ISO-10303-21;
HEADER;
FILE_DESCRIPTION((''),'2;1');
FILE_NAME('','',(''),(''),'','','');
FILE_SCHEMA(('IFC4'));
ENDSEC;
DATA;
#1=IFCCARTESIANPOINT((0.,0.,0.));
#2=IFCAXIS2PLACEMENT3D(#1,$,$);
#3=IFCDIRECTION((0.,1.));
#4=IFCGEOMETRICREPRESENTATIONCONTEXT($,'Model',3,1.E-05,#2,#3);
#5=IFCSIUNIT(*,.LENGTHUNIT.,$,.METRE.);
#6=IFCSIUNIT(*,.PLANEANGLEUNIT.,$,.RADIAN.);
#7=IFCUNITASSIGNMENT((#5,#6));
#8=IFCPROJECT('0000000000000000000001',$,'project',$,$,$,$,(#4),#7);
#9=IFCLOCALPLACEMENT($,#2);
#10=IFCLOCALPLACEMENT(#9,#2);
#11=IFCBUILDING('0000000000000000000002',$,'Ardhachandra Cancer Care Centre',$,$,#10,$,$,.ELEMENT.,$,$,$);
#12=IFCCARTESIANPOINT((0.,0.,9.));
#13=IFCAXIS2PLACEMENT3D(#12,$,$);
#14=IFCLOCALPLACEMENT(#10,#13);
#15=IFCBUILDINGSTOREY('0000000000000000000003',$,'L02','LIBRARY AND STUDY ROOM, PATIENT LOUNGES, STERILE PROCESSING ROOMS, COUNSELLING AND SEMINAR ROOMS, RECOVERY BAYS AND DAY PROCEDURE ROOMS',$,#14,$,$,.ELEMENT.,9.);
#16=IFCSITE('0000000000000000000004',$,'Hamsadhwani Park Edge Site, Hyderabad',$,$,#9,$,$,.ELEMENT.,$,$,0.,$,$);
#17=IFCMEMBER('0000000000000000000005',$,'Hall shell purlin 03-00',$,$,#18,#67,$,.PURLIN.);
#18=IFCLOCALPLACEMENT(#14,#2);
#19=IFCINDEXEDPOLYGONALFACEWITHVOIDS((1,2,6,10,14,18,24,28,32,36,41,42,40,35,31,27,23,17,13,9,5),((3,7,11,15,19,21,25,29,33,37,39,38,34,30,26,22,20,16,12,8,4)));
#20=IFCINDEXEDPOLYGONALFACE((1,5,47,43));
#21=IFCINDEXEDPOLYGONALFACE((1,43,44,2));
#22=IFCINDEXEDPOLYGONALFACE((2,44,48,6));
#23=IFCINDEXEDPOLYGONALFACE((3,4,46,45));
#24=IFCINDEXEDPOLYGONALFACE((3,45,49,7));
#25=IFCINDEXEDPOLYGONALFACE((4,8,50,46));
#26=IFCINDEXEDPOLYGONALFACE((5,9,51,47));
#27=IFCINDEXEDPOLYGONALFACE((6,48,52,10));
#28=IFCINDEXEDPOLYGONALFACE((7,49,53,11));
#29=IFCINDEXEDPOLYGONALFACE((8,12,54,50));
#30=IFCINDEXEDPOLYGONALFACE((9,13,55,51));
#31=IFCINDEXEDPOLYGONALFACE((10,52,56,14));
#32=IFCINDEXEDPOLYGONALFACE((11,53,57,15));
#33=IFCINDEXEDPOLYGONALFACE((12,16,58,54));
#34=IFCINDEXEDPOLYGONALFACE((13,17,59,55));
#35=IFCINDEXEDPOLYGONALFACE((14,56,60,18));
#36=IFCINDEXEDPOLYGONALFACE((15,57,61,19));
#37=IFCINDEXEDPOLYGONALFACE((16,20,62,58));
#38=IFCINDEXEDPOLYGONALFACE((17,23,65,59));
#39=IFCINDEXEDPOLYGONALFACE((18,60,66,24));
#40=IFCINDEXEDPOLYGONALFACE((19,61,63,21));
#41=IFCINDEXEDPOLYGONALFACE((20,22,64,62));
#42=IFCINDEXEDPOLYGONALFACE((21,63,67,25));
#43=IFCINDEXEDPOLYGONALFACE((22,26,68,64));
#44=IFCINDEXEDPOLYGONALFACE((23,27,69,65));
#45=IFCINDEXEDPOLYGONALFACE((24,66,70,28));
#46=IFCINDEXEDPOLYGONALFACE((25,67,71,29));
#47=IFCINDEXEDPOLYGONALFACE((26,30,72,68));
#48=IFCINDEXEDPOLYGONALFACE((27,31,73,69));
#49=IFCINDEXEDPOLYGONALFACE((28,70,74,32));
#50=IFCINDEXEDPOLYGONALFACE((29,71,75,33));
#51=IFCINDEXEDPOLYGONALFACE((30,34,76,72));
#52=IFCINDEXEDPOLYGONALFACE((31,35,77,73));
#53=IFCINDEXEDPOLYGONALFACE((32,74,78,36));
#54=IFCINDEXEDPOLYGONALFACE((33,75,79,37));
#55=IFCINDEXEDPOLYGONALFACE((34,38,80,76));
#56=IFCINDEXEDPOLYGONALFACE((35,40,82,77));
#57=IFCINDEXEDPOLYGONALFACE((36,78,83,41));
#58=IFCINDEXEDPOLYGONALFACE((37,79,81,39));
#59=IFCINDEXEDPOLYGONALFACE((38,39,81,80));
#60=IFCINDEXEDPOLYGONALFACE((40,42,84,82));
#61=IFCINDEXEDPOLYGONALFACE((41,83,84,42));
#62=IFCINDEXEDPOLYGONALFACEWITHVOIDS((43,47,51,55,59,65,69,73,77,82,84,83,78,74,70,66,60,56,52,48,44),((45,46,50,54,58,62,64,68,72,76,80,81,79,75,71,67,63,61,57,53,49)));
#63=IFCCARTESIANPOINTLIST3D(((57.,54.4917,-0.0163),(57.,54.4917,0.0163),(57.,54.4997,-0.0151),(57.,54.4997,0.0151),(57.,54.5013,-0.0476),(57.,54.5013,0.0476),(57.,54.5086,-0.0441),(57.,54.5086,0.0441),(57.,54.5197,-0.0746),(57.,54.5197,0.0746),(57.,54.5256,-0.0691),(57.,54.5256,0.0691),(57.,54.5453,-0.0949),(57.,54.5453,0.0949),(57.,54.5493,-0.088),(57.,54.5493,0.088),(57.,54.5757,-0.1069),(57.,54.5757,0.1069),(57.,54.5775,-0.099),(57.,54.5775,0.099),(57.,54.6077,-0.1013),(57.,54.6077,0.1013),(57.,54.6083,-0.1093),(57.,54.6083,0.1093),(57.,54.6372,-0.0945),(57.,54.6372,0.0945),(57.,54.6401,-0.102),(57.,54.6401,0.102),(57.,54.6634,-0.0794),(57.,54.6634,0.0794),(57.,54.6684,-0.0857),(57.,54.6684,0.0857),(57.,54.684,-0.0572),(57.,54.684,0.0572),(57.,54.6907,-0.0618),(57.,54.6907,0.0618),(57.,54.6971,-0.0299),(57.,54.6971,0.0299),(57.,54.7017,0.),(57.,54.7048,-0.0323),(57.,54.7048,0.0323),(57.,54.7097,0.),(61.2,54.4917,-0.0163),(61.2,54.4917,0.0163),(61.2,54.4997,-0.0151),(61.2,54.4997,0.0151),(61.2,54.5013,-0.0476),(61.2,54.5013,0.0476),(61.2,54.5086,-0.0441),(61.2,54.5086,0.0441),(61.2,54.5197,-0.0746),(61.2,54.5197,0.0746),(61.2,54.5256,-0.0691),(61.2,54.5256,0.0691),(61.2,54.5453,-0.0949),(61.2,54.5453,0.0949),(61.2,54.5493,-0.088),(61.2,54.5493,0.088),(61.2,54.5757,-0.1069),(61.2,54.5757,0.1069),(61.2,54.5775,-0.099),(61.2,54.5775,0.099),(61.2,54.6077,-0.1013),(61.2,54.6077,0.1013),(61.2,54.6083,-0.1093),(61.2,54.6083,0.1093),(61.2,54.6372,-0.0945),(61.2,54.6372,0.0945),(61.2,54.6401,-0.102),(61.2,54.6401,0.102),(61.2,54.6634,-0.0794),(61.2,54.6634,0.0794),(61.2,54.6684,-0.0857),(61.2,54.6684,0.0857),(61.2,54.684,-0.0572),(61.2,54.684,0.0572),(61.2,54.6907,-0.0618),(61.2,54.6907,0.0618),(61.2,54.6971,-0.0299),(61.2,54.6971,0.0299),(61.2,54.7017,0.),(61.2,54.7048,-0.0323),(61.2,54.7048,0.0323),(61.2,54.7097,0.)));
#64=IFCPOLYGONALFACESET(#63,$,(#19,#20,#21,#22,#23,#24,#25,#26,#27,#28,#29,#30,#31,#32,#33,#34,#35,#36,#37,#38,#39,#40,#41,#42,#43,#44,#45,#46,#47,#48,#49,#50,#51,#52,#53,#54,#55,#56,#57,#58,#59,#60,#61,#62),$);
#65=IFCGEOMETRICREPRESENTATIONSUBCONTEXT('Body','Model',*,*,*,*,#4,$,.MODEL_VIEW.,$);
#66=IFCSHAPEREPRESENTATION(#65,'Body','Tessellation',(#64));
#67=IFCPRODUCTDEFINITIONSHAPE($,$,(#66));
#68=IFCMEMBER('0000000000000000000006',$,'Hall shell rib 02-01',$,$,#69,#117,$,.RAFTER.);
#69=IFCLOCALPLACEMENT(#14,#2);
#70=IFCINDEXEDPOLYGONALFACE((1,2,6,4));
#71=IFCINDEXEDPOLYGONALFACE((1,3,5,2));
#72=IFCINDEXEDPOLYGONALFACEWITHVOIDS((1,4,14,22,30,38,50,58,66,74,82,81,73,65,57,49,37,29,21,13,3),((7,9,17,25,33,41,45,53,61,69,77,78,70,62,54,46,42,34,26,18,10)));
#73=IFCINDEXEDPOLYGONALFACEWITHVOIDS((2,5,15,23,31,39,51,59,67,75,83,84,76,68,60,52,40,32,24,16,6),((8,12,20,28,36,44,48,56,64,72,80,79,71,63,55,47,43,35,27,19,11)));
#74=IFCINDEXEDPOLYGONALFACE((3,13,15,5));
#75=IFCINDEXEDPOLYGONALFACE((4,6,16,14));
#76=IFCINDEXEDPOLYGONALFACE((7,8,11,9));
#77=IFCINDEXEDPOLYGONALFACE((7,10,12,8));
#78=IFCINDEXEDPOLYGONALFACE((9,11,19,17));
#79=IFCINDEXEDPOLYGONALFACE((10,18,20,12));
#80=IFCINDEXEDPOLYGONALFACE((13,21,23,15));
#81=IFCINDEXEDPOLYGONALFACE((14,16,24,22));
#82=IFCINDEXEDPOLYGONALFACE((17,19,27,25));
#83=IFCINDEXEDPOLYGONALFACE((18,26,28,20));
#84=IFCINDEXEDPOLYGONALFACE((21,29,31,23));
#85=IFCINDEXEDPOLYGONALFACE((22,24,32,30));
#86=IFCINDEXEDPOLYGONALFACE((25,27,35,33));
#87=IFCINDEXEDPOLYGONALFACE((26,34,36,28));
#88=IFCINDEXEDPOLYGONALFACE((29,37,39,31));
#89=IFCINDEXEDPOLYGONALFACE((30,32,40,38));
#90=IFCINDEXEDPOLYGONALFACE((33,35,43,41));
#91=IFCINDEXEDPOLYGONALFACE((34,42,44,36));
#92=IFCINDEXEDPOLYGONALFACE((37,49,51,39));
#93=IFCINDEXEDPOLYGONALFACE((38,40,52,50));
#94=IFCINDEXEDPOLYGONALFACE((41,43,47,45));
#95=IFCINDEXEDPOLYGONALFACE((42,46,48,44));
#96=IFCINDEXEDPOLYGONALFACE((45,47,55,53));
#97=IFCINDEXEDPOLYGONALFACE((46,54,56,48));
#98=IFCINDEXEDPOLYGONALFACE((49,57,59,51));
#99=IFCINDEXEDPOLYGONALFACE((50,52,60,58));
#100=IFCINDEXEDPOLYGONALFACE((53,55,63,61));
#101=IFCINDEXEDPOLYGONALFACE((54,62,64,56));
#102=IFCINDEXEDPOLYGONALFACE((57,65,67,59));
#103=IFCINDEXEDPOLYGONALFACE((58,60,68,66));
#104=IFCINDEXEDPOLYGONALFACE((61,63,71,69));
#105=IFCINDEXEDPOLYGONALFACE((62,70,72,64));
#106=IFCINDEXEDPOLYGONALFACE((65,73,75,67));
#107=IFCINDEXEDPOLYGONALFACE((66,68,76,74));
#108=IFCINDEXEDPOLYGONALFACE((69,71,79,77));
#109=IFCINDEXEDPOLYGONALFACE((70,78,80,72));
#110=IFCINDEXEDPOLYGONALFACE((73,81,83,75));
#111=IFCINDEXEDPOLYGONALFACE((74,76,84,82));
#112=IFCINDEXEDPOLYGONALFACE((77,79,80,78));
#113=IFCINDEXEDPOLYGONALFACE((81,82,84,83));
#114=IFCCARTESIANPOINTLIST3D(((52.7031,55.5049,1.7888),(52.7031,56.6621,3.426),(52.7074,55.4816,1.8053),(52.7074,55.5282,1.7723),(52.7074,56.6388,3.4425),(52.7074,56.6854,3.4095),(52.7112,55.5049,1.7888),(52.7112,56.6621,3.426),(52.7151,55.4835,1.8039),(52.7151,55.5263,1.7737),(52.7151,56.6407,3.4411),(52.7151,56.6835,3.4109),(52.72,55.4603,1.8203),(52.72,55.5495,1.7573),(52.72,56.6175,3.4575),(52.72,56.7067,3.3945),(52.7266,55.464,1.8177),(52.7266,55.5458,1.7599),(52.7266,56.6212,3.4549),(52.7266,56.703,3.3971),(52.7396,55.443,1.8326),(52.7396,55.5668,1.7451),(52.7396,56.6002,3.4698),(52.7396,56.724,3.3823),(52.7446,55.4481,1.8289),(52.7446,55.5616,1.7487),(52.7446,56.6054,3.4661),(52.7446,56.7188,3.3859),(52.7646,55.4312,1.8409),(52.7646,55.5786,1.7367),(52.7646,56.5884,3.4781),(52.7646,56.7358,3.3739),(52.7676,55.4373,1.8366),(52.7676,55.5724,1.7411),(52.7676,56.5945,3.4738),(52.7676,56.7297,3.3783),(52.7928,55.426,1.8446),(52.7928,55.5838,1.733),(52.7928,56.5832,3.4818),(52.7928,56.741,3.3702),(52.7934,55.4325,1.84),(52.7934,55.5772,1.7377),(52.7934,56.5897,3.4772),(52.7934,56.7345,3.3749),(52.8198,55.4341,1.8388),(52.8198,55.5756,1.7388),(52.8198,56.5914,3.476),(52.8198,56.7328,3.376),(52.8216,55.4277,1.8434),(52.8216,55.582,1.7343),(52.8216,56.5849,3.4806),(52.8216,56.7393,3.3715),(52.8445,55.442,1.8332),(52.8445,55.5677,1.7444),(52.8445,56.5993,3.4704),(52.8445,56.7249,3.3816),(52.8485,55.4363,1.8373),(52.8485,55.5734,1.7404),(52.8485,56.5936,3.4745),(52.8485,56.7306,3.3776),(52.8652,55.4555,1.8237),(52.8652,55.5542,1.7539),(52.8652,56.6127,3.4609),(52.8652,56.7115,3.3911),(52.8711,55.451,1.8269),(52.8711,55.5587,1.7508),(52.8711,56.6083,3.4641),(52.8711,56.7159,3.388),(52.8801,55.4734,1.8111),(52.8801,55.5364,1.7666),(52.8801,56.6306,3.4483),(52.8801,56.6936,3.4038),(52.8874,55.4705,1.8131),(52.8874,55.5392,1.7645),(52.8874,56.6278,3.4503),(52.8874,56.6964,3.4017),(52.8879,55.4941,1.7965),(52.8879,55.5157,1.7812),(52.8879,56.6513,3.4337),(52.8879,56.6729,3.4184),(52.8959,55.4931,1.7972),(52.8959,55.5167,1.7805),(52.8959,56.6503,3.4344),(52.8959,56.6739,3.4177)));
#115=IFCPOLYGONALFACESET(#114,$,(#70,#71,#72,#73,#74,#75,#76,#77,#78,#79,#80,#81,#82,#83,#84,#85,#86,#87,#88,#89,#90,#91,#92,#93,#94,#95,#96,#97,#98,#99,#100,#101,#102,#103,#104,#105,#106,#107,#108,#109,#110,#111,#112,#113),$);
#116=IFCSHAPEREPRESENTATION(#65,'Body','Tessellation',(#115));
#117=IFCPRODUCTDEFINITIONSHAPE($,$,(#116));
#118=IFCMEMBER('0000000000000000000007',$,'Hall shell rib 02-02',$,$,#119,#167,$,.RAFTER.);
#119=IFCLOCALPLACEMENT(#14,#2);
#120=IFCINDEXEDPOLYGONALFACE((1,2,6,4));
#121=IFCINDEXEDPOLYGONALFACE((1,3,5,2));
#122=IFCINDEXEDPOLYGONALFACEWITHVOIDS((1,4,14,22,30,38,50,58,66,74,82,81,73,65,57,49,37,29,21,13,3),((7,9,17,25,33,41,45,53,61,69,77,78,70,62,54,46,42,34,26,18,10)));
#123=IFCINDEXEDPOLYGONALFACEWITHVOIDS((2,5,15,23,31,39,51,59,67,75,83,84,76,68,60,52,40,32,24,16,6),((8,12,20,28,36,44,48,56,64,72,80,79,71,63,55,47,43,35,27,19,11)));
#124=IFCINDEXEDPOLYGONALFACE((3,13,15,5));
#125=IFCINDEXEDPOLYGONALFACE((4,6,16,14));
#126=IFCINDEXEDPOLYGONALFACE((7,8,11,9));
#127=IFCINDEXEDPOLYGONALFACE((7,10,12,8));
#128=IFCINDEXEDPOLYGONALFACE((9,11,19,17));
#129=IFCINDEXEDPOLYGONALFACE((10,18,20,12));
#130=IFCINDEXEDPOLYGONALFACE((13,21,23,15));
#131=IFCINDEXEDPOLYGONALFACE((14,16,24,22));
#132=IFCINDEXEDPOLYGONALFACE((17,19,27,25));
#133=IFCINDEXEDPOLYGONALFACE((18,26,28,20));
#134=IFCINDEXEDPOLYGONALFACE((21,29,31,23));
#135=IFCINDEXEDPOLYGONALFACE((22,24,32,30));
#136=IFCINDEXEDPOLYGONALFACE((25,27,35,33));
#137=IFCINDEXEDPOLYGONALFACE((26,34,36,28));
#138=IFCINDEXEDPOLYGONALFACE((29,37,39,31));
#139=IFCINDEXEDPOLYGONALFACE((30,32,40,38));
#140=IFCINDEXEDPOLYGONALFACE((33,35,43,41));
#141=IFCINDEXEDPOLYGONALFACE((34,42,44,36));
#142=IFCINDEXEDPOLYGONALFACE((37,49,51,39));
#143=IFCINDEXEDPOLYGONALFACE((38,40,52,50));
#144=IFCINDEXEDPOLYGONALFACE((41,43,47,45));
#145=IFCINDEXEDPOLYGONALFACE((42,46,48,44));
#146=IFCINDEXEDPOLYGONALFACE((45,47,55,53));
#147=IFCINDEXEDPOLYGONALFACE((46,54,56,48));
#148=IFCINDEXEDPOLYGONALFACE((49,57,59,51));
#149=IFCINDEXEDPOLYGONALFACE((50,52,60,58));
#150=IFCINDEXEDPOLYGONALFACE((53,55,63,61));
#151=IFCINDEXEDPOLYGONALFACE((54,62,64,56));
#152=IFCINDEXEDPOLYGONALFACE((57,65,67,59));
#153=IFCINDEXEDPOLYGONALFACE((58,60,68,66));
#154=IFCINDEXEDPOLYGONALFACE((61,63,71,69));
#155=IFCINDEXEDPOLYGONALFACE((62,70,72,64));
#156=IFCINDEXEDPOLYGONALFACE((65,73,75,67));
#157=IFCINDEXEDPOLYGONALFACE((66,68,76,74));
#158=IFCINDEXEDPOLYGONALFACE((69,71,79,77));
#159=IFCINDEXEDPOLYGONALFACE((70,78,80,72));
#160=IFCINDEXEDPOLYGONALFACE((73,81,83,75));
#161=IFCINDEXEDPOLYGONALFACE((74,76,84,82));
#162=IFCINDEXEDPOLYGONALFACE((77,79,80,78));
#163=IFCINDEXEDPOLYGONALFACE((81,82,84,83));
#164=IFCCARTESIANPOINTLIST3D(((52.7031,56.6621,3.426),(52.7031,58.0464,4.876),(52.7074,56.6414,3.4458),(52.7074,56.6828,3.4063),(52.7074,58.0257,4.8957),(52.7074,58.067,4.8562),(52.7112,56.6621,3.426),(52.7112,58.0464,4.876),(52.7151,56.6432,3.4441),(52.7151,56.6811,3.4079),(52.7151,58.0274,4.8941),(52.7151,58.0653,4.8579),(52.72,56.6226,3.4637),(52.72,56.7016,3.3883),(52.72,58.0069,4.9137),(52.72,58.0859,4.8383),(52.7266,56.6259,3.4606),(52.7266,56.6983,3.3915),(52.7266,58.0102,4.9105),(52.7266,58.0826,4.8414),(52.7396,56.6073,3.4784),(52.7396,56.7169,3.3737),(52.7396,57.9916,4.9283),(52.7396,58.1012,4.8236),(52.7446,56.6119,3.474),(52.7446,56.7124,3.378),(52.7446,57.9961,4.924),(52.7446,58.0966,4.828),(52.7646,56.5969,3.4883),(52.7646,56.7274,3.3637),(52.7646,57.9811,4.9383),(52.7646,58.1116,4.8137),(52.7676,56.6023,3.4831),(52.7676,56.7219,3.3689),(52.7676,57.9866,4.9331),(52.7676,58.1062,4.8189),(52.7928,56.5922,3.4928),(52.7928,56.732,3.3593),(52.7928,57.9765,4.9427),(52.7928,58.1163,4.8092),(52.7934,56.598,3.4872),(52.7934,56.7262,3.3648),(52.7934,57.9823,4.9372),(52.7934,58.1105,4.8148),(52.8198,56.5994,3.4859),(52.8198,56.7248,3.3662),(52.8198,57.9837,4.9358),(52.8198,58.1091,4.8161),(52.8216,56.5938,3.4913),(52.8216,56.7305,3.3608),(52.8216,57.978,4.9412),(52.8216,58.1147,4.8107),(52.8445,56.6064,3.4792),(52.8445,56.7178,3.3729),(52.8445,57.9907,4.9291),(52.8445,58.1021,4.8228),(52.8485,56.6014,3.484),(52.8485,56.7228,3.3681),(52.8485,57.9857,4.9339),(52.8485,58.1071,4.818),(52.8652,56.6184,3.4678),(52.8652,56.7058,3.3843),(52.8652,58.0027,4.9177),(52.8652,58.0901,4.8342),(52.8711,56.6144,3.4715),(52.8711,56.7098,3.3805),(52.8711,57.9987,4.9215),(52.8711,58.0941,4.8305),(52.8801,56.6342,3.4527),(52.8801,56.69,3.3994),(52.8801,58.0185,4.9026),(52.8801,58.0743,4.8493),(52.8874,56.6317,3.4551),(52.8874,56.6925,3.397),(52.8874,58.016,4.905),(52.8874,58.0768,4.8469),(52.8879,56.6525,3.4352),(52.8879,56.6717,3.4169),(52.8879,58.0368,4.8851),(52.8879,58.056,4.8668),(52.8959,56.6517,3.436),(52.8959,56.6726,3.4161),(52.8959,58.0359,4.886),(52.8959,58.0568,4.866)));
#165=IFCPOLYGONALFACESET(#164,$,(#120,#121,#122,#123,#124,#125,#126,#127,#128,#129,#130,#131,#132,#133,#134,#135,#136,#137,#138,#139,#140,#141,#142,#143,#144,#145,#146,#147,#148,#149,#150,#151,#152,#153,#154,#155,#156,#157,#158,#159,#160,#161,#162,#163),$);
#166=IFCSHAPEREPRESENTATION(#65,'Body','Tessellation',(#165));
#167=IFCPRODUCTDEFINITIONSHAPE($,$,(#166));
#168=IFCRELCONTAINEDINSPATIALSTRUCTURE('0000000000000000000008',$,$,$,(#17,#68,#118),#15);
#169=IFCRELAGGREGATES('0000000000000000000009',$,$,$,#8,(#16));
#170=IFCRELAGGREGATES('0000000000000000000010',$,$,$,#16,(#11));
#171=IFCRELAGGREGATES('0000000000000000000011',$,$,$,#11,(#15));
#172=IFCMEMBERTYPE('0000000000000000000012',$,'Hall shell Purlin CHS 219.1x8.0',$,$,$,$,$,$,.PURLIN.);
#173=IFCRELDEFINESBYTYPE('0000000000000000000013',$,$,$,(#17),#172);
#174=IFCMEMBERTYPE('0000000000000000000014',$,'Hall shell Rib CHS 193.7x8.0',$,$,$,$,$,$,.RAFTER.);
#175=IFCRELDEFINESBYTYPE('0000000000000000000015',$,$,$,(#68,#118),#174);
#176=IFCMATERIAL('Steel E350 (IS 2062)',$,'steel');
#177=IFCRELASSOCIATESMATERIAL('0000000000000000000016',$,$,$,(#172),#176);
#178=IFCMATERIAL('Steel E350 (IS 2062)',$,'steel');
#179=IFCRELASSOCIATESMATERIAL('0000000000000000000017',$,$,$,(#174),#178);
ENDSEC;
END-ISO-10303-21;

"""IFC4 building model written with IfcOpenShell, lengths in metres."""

from ifc_helpers import new_model, si_unit, direction, frame, origin, origin_2d, place, context, subcontext, project, spatial, hollow_circle, extrude, material, material_profile, profile_set, type_object, element, save


model = new_model("IFC4")

# Units and contexts
model_context = context("Model", 3, precision=1e-05, world=origin(), true_north=direction((0.0, 1.0)))
body_context = subcontext(model_context, "Body", "Model", "MODEL_VIEW")
ifc_project = project(units=[si_unit("LENGTHUNIT", "METRE"), si_unit("PLANEANGLEUNIT", "RADIAN")], contexts=[model_context])

# Site, building, storey
site_placement = place(None, origin())
site = spatial("IfcSite", under=ifc_project, at=site_placement, Name="Hamsadhwani Park Edge Site, Hyderabad", CompositionType="ELEMENT", RefElevation=0.0)
building_placement = place(site_placement, origin())
building = spatial("IfcBuilding", under=site, at=building_placement, Name="Ardhachandra Cancer Care Centre", CompositionType="ELEMENT")
storey_placement = place(building_placement, frame((0.0, 0.0, 9.0)))
storey = spatial("IfcBuildingStorey", under=building, at=storey_placement, Name="L02", Description="LIBRARY AND STUDY ROOM, PATIENT LOUNGES, STERILE PROCESSING ROOMS, COUNSELLING AND SEMINAR ROOMS, RECOVERY BAYS AND DAY PROCEDURE ROOMS", CompositionType="ELEMENT", Elevation=9.0)

# Members
ifc_material_1 = material(Name="Steel E350 (IS 2062)", Category="steel")
ifc_material_profile_1 = material_profile(ifc_material_1, hollow_circle(Radius=0.1096, WallThickness=0.0081, at=origin_2d()), Name="CHS 219.1x8.0")
ifc_profile_set_1 = profile_set([ifc_material_profile_1], Name="Steel E350 (IS 2062)")
member_type_1 = type_object("IfcMemberType", Name="Hall shell Purlin CHS 219.1x8.0", PredefinedType="PURLIN", material=ifc_profile_set_1)
member_1_placement = place(storey_placement, frame((57.0, 54.6001, 0.0), z_axis=(1.0, 0.0, 0.0), x_axis=(0.0, 1.0, 0.0)))
element("IfcMember", 1, at=member_1_placement, inside=storey, type_object=member_type_1, Name="Hall shell purlin 03-00", PredefinedType="PURLIN", context=body_context, shape_type="SweptSolid", body=[
    extrude(hollow_circle(Radius=0.1096, WallThickness=0.0081, at=origin_2d()), origin(), (0.0, 0.0, 1.0), 4.2),
])
ifc_material_2 = material(Name="Steel E350 (IS 2062)", Category="steel")
ifc_material_profile_2 = material_profile(ifc_material_2, hollow_circle(Radius=0.0969, WallThickness=0.0081, at=origin_2d()), Name="CHS 193.7x8.0")
ifc_profile_set_2 = profile_set([ifc_material_profile_2], Name="Steel E350 (IS 2062)")
member_type_2 = type_object("IfcMemberType", Name="Hall shell Rib CHS 193.7x8.0", PredefinedType="RAFTER", material=ifc_profile_set_2)
member_2_placement = place(storey_placement, frame((52.8, 55.5049, 1.7888), z_axis=(0.0, 0.577199, 0.816603), x_axis=(-1.0, 0.0, 0.0)))
element("IfcMember", 2, at=member_2_placement, inside=storey, type_object=member_type_2, Name="Hall shell rib 02-01", PredefinedType="RAFTER", context=body_context, shape_type="SweptSolid", body=[
    extrude(hollow_circle(Radius=0.0969, WallThickness=0.0081, at=origin_2d()), origin(), (0.0, 0.0, 1.0), 2.0049),
])
member_3_placement = place(storey_placement, frame((52.8, 56.6621, 3.426), z_axis=(0.0, 0.690537, 0.723297), x_axis=(-1.0, 0.0, 0.0)))
element("IfcMember", 3, at=member_3_placement, inside=storey, type_object=member_type_2, Name="Hall shell rib 02-02", PredefinedType="RAFTER", context=body_context, shape_type="SweptSolid", body=[
    extrude(hollow_circle(Radius=0.0969, WallThickness=0.0081, at=origin_2d()), origin(), (0.0, 0.0, 1.0), 2.0046),
])

save(model, "model.ifc")
